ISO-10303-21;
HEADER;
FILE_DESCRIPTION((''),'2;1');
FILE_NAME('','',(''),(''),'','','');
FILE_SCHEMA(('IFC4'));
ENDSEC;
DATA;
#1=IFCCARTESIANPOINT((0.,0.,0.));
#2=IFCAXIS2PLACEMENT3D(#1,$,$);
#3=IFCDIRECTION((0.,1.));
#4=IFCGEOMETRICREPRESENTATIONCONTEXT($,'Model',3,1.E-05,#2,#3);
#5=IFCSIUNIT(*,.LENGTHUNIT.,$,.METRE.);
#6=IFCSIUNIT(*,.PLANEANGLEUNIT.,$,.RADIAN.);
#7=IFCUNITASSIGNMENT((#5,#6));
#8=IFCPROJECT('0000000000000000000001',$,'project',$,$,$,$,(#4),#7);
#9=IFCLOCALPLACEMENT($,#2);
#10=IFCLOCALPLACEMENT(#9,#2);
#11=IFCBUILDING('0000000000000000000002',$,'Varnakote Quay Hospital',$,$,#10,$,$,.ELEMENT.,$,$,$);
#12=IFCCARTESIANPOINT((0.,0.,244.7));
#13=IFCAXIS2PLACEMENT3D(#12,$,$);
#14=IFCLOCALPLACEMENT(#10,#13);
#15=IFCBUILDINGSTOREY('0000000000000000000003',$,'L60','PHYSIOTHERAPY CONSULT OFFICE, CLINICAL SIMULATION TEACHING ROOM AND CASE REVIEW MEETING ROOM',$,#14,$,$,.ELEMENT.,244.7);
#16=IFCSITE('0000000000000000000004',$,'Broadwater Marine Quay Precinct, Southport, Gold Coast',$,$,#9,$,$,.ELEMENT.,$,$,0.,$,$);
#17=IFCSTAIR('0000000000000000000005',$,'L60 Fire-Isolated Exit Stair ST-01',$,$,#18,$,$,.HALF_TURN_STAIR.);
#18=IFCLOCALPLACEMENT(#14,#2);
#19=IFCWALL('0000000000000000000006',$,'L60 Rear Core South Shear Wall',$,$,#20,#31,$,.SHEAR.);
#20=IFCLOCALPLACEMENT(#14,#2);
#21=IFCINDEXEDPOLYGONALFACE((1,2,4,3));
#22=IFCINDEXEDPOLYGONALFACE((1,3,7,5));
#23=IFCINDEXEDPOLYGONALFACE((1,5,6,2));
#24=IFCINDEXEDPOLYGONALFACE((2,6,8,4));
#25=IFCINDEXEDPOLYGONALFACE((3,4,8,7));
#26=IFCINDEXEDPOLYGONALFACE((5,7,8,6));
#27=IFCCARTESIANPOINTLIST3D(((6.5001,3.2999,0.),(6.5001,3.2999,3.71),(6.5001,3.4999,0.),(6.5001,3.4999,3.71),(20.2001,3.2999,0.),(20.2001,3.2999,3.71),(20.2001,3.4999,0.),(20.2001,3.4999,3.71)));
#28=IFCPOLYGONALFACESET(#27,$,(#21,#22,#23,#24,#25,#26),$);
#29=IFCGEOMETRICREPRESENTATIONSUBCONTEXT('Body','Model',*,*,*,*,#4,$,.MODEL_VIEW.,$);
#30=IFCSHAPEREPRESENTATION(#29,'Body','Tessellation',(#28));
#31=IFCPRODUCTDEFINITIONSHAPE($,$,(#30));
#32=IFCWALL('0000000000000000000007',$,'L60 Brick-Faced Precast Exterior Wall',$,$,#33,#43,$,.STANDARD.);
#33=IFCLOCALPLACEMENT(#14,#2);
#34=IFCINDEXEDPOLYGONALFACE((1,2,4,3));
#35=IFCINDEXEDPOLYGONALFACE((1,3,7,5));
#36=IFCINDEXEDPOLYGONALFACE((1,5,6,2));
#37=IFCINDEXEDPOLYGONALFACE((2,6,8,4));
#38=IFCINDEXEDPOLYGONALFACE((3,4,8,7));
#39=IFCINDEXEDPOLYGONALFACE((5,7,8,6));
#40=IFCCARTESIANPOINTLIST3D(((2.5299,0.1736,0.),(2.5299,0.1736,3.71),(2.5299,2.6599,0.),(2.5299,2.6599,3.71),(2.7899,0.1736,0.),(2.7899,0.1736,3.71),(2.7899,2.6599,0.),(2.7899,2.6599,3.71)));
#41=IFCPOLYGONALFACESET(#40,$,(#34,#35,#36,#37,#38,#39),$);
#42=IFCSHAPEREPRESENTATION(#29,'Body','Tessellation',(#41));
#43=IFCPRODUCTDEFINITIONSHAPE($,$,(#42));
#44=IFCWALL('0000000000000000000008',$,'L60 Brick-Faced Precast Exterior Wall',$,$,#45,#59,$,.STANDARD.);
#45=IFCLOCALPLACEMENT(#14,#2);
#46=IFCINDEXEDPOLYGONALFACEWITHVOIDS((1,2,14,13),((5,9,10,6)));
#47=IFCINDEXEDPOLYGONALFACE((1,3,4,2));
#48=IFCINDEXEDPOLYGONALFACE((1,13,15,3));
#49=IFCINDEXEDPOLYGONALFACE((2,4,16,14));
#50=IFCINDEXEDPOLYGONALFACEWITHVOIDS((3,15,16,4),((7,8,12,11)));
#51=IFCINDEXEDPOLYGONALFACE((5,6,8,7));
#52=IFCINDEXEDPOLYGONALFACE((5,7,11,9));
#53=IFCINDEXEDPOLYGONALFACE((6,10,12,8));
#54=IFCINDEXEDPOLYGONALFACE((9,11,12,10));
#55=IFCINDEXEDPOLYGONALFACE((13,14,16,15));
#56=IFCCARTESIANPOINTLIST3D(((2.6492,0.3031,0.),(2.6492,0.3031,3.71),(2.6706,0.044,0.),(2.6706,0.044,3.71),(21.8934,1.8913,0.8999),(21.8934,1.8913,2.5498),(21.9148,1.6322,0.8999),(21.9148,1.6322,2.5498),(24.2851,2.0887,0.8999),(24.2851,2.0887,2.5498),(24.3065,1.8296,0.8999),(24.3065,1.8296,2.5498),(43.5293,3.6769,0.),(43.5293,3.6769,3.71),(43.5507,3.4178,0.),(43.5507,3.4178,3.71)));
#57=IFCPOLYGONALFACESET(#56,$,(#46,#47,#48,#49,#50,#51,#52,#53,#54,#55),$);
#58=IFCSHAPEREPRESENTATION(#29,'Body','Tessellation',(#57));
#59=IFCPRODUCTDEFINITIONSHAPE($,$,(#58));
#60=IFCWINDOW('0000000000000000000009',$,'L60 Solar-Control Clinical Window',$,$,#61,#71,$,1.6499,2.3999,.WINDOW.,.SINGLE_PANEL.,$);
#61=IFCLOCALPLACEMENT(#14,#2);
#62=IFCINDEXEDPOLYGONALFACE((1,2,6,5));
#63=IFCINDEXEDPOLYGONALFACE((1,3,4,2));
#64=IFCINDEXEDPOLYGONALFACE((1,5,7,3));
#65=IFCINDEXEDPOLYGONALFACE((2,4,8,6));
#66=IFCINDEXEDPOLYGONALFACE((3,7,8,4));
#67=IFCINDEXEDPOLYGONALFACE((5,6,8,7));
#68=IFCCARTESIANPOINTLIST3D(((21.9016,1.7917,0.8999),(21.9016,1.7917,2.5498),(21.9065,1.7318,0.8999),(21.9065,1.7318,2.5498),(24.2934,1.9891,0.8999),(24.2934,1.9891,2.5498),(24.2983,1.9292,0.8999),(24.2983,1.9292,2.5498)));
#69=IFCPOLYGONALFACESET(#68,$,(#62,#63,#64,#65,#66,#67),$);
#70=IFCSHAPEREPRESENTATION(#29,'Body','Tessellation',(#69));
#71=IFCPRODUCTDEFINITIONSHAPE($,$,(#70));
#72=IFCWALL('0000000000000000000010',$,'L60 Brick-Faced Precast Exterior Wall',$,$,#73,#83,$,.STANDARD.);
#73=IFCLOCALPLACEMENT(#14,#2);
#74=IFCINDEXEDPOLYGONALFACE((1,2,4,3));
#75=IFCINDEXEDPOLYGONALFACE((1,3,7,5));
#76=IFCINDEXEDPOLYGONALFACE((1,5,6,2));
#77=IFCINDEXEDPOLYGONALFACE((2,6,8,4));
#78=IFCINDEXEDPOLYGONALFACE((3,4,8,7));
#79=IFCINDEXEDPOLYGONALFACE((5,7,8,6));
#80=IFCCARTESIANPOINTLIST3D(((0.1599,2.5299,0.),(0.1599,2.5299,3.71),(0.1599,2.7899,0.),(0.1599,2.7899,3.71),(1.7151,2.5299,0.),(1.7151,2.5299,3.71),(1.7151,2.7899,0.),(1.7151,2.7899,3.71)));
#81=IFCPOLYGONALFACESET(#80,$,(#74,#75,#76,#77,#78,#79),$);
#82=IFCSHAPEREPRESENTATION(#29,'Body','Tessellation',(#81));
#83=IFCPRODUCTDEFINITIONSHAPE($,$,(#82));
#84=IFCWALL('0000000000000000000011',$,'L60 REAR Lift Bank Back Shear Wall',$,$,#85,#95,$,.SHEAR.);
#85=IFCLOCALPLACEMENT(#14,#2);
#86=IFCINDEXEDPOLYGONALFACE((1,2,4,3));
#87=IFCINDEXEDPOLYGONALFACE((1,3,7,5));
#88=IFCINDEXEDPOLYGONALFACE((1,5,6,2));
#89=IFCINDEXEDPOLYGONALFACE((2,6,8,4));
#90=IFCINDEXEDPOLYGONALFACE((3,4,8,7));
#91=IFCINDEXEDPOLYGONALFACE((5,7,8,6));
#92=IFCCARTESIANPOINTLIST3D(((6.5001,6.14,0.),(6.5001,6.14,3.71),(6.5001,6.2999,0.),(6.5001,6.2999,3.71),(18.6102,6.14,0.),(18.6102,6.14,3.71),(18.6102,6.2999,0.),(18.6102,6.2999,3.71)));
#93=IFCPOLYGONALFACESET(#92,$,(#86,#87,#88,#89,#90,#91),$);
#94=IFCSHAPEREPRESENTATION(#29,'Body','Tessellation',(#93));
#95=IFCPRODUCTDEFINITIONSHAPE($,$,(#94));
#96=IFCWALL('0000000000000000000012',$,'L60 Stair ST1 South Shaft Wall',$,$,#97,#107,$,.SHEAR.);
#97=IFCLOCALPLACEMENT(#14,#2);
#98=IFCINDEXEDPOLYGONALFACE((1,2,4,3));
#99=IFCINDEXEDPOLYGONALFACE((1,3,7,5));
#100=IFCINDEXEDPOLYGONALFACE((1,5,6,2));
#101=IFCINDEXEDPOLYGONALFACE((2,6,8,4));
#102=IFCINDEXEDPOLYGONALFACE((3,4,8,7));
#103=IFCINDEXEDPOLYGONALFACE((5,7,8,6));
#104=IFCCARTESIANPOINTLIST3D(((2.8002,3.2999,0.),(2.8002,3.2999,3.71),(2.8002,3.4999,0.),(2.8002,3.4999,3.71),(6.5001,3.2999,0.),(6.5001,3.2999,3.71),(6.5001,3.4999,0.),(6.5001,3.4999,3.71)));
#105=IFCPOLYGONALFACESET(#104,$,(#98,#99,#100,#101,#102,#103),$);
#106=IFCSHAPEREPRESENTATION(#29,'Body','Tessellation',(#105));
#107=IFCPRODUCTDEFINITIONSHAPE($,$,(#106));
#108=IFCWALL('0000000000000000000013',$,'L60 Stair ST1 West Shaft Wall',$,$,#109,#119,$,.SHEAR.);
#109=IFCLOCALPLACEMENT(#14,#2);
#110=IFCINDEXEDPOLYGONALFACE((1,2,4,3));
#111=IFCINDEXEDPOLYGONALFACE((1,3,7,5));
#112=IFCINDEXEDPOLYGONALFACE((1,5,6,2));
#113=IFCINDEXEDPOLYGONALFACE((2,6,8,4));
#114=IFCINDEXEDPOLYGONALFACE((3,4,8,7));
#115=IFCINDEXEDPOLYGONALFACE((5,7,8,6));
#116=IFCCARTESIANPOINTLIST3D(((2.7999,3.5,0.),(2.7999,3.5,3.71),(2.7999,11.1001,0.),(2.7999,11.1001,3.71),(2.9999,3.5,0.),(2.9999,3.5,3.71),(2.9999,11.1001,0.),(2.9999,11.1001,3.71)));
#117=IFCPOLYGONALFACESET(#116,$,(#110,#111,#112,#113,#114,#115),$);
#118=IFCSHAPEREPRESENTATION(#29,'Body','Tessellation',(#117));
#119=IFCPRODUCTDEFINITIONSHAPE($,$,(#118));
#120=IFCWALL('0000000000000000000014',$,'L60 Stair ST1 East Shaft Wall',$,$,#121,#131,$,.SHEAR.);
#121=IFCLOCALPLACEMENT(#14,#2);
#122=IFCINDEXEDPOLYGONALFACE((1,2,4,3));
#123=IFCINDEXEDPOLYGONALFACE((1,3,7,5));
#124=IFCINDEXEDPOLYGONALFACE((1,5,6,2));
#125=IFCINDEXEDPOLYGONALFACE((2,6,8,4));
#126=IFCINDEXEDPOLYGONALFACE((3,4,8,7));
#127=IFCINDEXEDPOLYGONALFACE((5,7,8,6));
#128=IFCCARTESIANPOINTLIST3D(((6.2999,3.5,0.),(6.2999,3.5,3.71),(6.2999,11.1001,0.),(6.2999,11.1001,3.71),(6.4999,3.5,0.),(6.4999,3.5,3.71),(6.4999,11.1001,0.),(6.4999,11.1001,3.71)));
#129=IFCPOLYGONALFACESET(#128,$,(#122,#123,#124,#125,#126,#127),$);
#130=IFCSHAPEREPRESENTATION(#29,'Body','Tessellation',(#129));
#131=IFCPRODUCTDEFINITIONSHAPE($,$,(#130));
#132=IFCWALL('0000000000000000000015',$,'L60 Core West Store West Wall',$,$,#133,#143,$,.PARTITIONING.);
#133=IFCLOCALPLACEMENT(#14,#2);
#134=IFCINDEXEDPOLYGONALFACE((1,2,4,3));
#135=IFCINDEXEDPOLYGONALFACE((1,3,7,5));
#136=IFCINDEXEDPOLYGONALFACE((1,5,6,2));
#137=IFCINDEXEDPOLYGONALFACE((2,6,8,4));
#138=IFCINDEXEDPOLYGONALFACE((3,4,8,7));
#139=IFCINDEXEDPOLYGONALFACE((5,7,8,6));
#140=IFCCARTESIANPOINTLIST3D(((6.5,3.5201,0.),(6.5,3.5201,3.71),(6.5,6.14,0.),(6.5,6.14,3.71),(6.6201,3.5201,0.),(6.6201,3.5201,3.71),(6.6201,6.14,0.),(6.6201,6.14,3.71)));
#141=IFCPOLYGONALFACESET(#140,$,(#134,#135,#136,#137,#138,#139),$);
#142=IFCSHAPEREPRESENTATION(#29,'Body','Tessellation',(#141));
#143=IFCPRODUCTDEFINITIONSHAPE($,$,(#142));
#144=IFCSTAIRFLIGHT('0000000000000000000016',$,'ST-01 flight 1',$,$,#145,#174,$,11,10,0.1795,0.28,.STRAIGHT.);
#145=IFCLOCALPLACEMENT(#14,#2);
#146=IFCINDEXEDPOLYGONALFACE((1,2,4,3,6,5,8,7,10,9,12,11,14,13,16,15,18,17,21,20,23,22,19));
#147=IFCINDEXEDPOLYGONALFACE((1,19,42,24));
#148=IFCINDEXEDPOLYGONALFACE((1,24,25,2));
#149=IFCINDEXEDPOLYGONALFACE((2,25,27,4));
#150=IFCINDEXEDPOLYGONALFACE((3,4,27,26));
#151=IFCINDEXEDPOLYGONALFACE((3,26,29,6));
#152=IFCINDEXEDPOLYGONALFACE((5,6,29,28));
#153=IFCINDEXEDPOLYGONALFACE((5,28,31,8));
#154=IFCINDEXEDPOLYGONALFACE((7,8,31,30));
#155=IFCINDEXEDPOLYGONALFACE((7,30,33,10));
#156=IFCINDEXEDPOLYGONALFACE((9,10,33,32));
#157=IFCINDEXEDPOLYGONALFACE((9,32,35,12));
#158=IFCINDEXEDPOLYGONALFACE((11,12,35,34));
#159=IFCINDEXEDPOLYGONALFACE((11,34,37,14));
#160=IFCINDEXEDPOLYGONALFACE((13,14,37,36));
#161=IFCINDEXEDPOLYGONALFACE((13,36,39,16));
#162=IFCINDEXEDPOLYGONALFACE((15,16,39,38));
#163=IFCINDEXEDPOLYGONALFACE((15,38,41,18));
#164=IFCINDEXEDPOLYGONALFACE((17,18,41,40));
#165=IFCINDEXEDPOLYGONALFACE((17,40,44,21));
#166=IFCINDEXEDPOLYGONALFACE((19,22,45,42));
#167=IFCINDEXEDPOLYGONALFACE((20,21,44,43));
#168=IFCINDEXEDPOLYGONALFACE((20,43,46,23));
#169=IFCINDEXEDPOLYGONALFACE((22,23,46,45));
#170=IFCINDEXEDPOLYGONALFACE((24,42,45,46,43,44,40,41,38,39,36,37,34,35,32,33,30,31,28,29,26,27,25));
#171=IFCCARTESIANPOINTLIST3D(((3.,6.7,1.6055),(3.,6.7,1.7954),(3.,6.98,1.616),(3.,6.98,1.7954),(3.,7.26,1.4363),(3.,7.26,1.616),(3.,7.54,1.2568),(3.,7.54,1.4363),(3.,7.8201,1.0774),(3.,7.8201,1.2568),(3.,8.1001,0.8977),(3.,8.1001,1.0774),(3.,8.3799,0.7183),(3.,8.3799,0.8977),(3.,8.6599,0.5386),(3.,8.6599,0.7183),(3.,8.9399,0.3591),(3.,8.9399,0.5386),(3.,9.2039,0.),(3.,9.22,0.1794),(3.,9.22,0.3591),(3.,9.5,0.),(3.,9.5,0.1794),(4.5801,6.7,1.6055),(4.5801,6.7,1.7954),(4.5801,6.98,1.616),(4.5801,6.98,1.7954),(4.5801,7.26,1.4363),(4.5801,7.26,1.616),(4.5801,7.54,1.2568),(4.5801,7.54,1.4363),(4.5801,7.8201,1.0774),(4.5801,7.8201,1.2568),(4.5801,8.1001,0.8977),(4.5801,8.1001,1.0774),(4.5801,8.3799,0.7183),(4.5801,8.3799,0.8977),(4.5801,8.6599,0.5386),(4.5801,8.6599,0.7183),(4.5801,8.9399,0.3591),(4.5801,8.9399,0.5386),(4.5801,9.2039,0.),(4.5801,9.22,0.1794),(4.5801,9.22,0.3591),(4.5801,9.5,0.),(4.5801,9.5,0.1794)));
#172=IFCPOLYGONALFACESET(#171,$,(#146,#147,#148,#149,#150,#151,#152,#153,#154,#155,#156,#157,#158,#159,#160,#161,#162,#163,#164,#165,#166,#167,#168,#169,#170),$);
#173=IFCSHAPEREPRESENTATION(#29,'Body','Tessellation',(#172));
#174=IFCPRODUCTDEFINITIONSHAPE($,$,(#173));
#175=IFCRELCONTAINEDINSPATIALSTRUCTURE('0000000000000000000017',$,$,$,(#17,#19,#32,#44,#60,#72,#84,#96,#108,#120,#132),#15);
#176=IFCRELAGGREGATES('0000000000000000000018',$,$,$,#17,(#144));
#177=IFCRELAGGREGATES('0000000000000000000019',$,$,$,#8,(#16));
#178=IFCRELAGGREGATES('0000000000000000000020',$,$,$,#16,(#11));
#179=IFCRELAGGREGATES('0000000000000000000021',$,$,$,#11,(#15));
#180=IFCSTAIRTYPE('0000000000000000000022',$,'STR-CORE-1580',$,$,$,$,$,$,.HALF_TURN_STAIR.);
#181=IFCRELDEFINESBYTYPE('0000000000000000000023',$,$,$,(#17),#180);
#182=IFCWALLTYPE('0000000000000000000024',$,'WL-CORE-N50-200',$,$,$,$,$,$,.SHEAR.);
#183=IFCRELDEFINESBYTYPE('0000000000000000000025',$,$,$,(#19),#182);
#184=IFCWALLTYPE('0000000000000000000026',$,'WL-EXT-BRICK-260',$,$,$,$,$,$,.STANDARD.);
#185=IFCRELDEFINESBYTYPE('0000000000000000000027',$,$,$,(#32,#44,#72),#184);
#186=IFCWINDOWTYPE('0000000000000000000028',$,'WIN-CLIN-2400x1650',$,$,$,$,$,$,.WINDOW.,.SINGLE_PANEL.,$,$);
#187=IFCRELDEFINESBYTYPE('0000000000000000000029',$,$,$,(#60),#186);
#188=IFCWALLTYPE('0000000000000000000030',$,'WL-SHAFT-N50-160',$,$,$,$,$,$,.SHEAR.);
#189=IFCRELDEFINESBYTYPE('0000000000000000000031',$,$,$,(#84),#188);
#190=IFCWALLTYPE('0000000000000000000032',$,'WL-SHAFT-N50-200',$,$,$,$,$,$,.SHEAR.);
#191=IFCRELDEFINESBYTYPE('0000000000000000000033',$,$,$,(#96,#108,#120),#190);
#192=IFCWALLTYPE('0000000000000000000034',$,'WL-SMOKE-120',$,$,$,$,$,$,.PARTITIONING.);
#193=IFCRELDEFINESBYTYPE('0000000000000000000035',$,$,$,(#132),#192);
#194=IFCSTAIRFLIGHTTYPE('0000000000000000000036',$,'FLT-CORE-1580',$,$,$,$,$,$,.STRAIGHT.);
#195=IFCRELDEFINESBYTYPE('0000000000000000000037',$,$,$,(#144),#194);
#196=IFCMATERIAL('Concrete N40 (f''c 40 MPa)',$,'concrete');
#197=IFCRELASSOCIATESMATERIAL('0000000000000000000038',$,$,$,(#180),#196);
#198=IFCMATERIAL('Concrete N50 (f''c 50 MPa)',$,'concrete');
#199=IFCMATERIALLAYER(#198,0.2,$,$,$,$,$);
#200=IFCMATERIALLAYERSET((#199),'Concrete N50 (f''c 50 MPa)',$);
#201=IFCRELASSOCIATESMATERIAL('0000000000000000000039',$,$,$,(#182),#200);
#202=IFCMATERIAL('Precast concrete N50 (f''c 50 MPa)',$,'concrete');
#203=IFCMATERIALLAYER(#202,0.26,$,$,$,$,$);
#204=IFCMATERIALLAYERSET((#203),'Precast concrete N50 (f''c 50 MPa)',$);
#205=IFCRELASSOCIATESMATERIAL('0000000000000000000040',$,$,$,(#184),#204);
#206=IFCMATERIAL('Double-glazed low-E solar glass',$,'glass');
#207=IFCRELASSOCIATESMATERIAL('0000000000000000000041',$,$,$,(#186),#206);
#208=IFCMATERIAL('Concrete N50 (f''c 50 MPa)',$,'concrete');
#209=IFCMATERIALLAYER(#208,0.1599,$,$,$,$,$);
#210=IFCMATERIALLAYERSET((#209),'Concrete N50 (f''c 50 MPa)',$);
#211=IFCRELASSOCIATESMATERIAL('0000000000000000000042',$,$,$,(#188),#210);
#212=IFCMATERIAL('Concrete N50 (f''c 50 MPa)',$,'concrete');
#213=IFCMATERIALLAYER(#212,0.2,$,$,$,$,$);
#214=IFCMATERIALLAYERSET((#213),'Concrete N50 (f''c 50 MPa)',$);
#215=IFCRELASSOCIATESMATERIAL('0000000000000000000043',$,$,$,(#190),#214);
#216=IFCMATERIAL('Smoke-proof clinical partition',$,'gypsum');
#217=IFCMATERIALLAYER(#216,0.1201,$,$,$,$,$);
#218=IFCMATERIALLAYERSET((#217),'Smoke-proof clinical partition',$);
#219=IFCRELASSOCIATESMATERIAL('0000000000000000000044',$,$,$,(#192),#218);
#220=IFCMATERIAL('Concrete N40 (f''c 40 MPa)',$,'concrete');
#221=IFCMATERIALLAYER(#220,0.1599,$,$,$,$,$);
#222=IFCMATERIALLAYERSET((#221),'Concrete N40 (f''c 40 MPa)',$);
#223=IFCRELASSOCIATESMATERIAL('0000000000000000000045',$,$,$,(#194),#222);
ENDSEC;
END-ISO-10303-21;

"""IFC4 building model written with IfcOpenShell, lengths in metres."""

from ifc_helpers import new_model, si_unit, direction, frame, frame_2d, origin, place, context, subcontext, project, spatial, polyline, rectangle, outline, extrude, material, layer, layer_set, type_object, element, fill, aggregate, save


model = new_model("IFC4")

# Units and contexts
model_context = context("Model", 3, precision=1e-05, world=origin(), true_north=direction((0.0, 1.0)))
body_context = subcontext(model_context, "Body", "Model", "MODEL_VIEW")
ifc_project = project(units=[si_unit("LENGTHUNIT", "METRE"), si_unit("PLANEANGLEUNIT", "RADIAN")], contexts=[model_context])

# Site, building, storey
site_placement = place(None, origin())
site = spatial("IfcSite", under=ifc_project, at=site_placement, Name="Broadwater Marine Quay Precinct, Southport, Gold Coast", CompositionType="ELEMENT", RefElevation=0.0)
building_placement = place(site_placement, origin())
building = spatial("IfcBuilding", under=site, at=building_placement, Name="Varnakote Quay Hospital", CompositionType="ELEMENT")
storey_placement = place(building_placement, frame((0.0, 0.0, 244.7)))
storey = spatial("IfcBuildingStorey", under=building, at=storey_placement, Name="L60", Description="PHYSIOTHERAPY CONSULT OFFICE, CLINICAL SIMULATION TEACHING ROOM AND CASE REVIEW MEETING ROOM", CompositionType="ELEMENT", Elevation=244.7)

# Stair
ifc_material_1 = material(Name="Concrete N40 (f'c 40 MPa)", Category="concrete")
stair_type = type_object("IfcStairType", Name="STR-CORE-1580", PredefinedType="HALF_TURN_STAIR", material=ifc_material_1)
stair_1_placement = place(storey_placement, origin())
stair_1 = element("IfcStair", 1, at=stair_1_placement, inside=storey, type_object=stair_type, Name="L60 Fire-Isolated Exit Stair ST-01", PredefinedType="HALF_TURN_STAIR")

# Walls
ifc_material_2 = material(Name="Concrete N50 (f'c 50 MPa)", Category="concrete")
ifc_layer_1 = layer(ifc_material_2, 0.2)
ifc_layer_set_1 = layer_set([ifc_layer_1], Name="Concrete N50 (f'c 50 MPa)")
wall_type_1 = type_object("IfcWallType", Name="WL-CORE-N50-200", PredefinedType="SHEAR", material=ifc_layer_set_1)
wall_1_placement = place(storey_placement, frame((6.5, 3.3999, 0.0), z_axis=(0.0, 0.0, 1.0), x_axis=(1.0, 0.0, 0.0)))
element("IfcWall", 2, at=wall_1_placement, inside=storey, type_object=wall_type_1, Name="L60 Rear Core South Shear Wall", PredefinedType="SHEAR", context=body_context, shape_type="SweptSolid", body=[
    extrude(rectangle(XDim=13.7, YDim=0.2, at=frame_2d((6.8501, 0.0))), origin(), (0.0, 0.0, 1.0), 3.71),
])
ifc_material_3 = material(Name="Precast concrete N50 (f'c 50 MPa)", Category="concrete")
ifc_layer_2 = layer(ifc_material_3, 0.26)
ifc_layer_set_2 = layer_set([ifc_layer_2], Name="Precast concrete N50 (f'c 50 MPa)")
wall_type_2 = type_object("IfcWallType", Name="WL-EXT-BRICK-260", PredefinedType="STANDARD", material=ifc_layer_set_2)
wall_2_placement = place(storey_placement, frame((2.6599, 2.6599, 0.0), z_axis=(0.0, 0.0, 1.0), x_axis=(0.0, -1.0, 0.0)))
element("IfcWall", 3, at=wall_2_placement, inside=storey, type_object=wall_type_2, Name="L60 Brick-Faced Precast Exterior Wall", PredefinedType="STANDARD", context=body_context, shape_type="SweptSolid", body=[
    extrude(rectangle(XDim=2.4863, YDim=0.26, at=frame_2d((1.2432, 0.0))), origin(), (0.0, 0.0, 1.0), 3.71),
])

# Wall, opening, window
wall_3_placement = place(storey_placement, frame((2.6599, 0.1736, 0.0), z_axis=(0.0, 0.0, 1.0), x_axis=(0.996612, 0.082249, 0.0)))
wall_3 = element("IfcWall", 4, at=wall_3_placement, inside=storey, type_object=wall_type_2, Name="L60 Brick-Faced Precast Exterior Wall", PredefinedType="STANDARD", context=body_context, shape_type="SweptSolid", body=[
    extrude(rectangle(XDim=41.019, YDim=0.26, at=frame_2d((20.5095, 0.0))), origin(), (0.0, 0.0, 1.0), 3.71),
])
opening_1_placement = place(wall_3_placement, frame((19.3096, 0.0, 0.8999)))
opening_1 = element("IfcOpeningElement", 5, at=opening_1_placement, cuts=wall_3, PredefinedType="OPENING", context=body_context, shape_type="SweptSolid", body=[
    extrude(rectangle(XDim=2.3999, YDim=1.6499, at=frame_2d((1.2, 0.825))), frame((0.0, 0.1399, 0.0), z_axis=(0.0, -1.0, 0.0), x_axis=(1.0, 0.0, 0.0)), (0.0, 0.0, 1.0), 0.28),
])
ifc_material_4 = material(Name="Double-glazed low-E solar glass", Category="glass")
window_type = type_object("IfcWindowType", Name="WIN-CLIN-2400x1650", PartitioningType="SINGLE_PANEL", PredefinedType="WINDOW", material=ifc_material_4)
window_placement = place(opening_1_placement, origin())
window = element("IfcWindow", 6, at=window_placement, inside=storey, type_object=window_type, Name="L60 Solar-Control Clinical Window", OverallHeight=1.6499, OverallWidth=2.3999, PartitioningType="SINGLE_PANEL", PredefinedType="WINDOW", context=body_context, shape_type="SweptSolid", body=[
    extrude(rectangle(XDim=2.3999, YDim=1.6499, at=frame_2d((1.2, 0.825))), frame((0.0, 0.03, 0.0), z_axis=(0.0, -1.0, 0.0), x_axis=(1.0, 0.0, 0.0)), (0.0, 0.0, 1.0), 0.0601),
])
fill(opening_1, window)

# Walls
wall_4_placement = place(storey_placement, frame((0.1599, 2.6599, 0.0), z_axis=(0.0, 0.0, 1.0), x_axis=(1.0, 0.0, 0.0)))
element("IfcWall", 7, at=wall_4_placement, inside=storey, type_object=wall_type_2, Name="L60 Brick-Faced Precast Exterior Wall", PredefinedType="STANDARD", context=body_context, shape_type="SweptSolid", body=[
    extrude(rectangle(XDim=1.5552, YDim=0.26, at=frame_2d((0.7776, 0.0))), origin(), (0.0, 0.0, 1.0), 3.71),
])
ifc_material_5 = material(Name="Concrete N50 (f'c 50 MPa)", Category="concrete")
ifc_layer_3 = layer(ifc_material_5, 0.1599)
ifc_layer_set_3 = layer_set([ifc_layer_3], Name="Concrete N50 (f'c 50 MPa)")
wall_type_3 = type_object("IfcWallType", Name="WL-SHAFT-N50-160", PredefinedType="SHEAR", material=ifc_layer_set_3)
wall_5_placement = place(storey_placement, frame((6.5, 6.22, 0.0), z_axis=(0.0, 0.0, 1.0), x_axis=(1.0, 0.0, 0.0)))
element("IfcWall", 8, at=wall_5_placement, inside=storey, type_object=wall_type_3, Name="L60 REAR Lift Bank Back Shear Wall", PredefinedType="SHEAR", context=body_context, shape_type="SweptSolid", body=[
    extrude(rectangle(XDim=12.1101, YDim=0.1599, at=frame_2d((6.0552, 0.0))), origin(), (0.0, 0.0, 1.0), 3.71),
])

# Walls
ifc_material_6 = material(Name="Concrete N50 (f'c 50 MPa)", Category="concrete")
ifc_layer_4 = layer(ifc_material_6, 0.2)
ifc_layer_set_4 = layer_set([ifc_layer_4], Name="Concrete N50 (f'c 50 MPa)")
wall_type_4 = type_object("IfcWallType", Name="WL-SHAFT-N50-200", PredefinedType="SHEAR", material=ifc_layer_set_4)
wall_6_placement = place(storey_placement, frame((2.8, 3.3999, 0.0), z_axis=(0.0, 0.0, 1.0), x_axis=(1.0, 0.0, 0.0)))
element("IfcWall", 9, at=wall_6_placement, inside=storey, type_object=wall_type_4, Name="L60 Stair ST1 South Shaft Wall", PredefinedType="SHEAR", context=body_context, shape_type="SweptSolid", body=[
    extrude(rectangle(XDim=3.7, YDim=0.2, at=frame_2d((1.8501, 0.0))), origin(), (0.0, 0.0, 1.0), 3.71),
])
for number, where, z_axis, x_axis, name in (
    (10, (2.8999, 3.5, 0.0), (0.0, 0.0, 1.0), (0.0, 1.0, 0.0), "L60 Stair ST1 West Shaft Wall"),
    (11, (6.3999, 3.5, 0.0), (0.0, 0.0, 1.0), (0.0, 1.0, 0.0), "L60 Stair ST1 East Shaft Wall"),
):
    element("IfcWall", number, at=place(storey_placement, frame(where, z_axis=z_axis, x_axis=x_axis)), inside=storey, type_object=wall_type_4, Name=name, PredefinedType="SHEAR", context=body_context, shape_type="SweptSolid", body=[
        extrude(rectangle(XDim=7.6001, YDim=0.2, at=frame_2d((3.8, 0.0))), origin(), (0.0, 0.0, 1.0), 3.71),
    ])

# Wall
ifc_material_7 = material(Name="Smoke-proof clinical partition", Category="gypsum")
ifc_layer_5 = layer(ifc_material_7, 0.1201)
ifc_layer_set_5 = layer_set([ifc_layer_5], Name="Smoke-proof clinical partition")
wall_type_5 = type_object("IfcWallType", Name="WL-SMOKE-120", PredefinedType="PARTITIONING", material=ifc_layer_set_5)
wall_7_placement = place(storey_placement, frame((6.5601, 3.52, 0.0), z_axis=(0.0, 0.0, 1.0), x_axis=(0.0, 1.0, 0.0)))
element("IfcWall", 12, at=wall_7_placement, inside=storey, type_object=wall_type_5, Name="L60 Core West Store West Wall", PredefinedType="PARTITIONING", context=body_context, shape_type="SweptSolid", body=[
    extrude(rectangle(XDim=2.6199, YDim=0.1201, at=frame_2d((1.3101, 0.0))), origin(), (0.0, 0.0, 1.0), 3.71),
])

# Stair flight
ifc_material_8 = material(Name="Concrete N40 (f'c 40 MPa)", Category="concrete")
ifc_layer_6 = layer(ifc_material_8, 0.1599)
ifc_layer_set_6 = layer_set([ifc_layer_6], Name="Concrete N40 (f'c 40 MPa)")
stair_flight_type = type_object("IfcStairFlightType", Name="FLT-CORE-1580", PredefinedType="STRAIGHT", material=ifc_layer_set_6)
stair_flight_1_placement = place(storey_placement, frame((3.79, 9.5, 0.0), z_axis=(0.0, 0.0, 1.0), x_axis=(0.0, -1.0, 0.0)))
stair_flight_1 = element("IfcStairFlight", 13, at=stair_flight_1_placement, type_object=stair_flight_type, Name="ST-01 flight 1", NumberOfRisers=11, NumberOfTreads=10, PredefinedType="STRAIGHT", RiserHeight=0.1795, TreadLength=0.28, context=body_context, shape_type="SweptSolid", body=[
    extrude(outline(polyline([(0.0, 0.0), (0.0, 0.1794), (0.28, 0.1794), (0.28, 0.3591), (0.5601, 0.3591), (0.5601, 0.5386), (0.8401, 0.5386), (0.8401, 0.7183), (1.1201, 0.7183), (1.1201, 0.8977), (1.3999, 0.8977), (1.3999, 1.0774), (1.6799, 1.0774), (1.6799, 1.2568), (1.96, 1.2568), (1.96, 1.4363), (2.24, 1.4363), (2.24, 1.616), (2.52, 1.616), (2.52, 1.7954), (2.8, 1.7954), (2.8, 1.9751), (2.8, 1.6055), (0.2961, 0.0), (0.0, 0.0)])), frame((0.0, 0.79, 0.0), z_axis=(0.0, -1.0, 0.0), x_axis=(1.0, 0.0, 0.0)), (0.0, 0.0, 1.0), 1.5801),
])
aggregate(stair_1, [stair_flight_1])

save(model, "model.ifc")
